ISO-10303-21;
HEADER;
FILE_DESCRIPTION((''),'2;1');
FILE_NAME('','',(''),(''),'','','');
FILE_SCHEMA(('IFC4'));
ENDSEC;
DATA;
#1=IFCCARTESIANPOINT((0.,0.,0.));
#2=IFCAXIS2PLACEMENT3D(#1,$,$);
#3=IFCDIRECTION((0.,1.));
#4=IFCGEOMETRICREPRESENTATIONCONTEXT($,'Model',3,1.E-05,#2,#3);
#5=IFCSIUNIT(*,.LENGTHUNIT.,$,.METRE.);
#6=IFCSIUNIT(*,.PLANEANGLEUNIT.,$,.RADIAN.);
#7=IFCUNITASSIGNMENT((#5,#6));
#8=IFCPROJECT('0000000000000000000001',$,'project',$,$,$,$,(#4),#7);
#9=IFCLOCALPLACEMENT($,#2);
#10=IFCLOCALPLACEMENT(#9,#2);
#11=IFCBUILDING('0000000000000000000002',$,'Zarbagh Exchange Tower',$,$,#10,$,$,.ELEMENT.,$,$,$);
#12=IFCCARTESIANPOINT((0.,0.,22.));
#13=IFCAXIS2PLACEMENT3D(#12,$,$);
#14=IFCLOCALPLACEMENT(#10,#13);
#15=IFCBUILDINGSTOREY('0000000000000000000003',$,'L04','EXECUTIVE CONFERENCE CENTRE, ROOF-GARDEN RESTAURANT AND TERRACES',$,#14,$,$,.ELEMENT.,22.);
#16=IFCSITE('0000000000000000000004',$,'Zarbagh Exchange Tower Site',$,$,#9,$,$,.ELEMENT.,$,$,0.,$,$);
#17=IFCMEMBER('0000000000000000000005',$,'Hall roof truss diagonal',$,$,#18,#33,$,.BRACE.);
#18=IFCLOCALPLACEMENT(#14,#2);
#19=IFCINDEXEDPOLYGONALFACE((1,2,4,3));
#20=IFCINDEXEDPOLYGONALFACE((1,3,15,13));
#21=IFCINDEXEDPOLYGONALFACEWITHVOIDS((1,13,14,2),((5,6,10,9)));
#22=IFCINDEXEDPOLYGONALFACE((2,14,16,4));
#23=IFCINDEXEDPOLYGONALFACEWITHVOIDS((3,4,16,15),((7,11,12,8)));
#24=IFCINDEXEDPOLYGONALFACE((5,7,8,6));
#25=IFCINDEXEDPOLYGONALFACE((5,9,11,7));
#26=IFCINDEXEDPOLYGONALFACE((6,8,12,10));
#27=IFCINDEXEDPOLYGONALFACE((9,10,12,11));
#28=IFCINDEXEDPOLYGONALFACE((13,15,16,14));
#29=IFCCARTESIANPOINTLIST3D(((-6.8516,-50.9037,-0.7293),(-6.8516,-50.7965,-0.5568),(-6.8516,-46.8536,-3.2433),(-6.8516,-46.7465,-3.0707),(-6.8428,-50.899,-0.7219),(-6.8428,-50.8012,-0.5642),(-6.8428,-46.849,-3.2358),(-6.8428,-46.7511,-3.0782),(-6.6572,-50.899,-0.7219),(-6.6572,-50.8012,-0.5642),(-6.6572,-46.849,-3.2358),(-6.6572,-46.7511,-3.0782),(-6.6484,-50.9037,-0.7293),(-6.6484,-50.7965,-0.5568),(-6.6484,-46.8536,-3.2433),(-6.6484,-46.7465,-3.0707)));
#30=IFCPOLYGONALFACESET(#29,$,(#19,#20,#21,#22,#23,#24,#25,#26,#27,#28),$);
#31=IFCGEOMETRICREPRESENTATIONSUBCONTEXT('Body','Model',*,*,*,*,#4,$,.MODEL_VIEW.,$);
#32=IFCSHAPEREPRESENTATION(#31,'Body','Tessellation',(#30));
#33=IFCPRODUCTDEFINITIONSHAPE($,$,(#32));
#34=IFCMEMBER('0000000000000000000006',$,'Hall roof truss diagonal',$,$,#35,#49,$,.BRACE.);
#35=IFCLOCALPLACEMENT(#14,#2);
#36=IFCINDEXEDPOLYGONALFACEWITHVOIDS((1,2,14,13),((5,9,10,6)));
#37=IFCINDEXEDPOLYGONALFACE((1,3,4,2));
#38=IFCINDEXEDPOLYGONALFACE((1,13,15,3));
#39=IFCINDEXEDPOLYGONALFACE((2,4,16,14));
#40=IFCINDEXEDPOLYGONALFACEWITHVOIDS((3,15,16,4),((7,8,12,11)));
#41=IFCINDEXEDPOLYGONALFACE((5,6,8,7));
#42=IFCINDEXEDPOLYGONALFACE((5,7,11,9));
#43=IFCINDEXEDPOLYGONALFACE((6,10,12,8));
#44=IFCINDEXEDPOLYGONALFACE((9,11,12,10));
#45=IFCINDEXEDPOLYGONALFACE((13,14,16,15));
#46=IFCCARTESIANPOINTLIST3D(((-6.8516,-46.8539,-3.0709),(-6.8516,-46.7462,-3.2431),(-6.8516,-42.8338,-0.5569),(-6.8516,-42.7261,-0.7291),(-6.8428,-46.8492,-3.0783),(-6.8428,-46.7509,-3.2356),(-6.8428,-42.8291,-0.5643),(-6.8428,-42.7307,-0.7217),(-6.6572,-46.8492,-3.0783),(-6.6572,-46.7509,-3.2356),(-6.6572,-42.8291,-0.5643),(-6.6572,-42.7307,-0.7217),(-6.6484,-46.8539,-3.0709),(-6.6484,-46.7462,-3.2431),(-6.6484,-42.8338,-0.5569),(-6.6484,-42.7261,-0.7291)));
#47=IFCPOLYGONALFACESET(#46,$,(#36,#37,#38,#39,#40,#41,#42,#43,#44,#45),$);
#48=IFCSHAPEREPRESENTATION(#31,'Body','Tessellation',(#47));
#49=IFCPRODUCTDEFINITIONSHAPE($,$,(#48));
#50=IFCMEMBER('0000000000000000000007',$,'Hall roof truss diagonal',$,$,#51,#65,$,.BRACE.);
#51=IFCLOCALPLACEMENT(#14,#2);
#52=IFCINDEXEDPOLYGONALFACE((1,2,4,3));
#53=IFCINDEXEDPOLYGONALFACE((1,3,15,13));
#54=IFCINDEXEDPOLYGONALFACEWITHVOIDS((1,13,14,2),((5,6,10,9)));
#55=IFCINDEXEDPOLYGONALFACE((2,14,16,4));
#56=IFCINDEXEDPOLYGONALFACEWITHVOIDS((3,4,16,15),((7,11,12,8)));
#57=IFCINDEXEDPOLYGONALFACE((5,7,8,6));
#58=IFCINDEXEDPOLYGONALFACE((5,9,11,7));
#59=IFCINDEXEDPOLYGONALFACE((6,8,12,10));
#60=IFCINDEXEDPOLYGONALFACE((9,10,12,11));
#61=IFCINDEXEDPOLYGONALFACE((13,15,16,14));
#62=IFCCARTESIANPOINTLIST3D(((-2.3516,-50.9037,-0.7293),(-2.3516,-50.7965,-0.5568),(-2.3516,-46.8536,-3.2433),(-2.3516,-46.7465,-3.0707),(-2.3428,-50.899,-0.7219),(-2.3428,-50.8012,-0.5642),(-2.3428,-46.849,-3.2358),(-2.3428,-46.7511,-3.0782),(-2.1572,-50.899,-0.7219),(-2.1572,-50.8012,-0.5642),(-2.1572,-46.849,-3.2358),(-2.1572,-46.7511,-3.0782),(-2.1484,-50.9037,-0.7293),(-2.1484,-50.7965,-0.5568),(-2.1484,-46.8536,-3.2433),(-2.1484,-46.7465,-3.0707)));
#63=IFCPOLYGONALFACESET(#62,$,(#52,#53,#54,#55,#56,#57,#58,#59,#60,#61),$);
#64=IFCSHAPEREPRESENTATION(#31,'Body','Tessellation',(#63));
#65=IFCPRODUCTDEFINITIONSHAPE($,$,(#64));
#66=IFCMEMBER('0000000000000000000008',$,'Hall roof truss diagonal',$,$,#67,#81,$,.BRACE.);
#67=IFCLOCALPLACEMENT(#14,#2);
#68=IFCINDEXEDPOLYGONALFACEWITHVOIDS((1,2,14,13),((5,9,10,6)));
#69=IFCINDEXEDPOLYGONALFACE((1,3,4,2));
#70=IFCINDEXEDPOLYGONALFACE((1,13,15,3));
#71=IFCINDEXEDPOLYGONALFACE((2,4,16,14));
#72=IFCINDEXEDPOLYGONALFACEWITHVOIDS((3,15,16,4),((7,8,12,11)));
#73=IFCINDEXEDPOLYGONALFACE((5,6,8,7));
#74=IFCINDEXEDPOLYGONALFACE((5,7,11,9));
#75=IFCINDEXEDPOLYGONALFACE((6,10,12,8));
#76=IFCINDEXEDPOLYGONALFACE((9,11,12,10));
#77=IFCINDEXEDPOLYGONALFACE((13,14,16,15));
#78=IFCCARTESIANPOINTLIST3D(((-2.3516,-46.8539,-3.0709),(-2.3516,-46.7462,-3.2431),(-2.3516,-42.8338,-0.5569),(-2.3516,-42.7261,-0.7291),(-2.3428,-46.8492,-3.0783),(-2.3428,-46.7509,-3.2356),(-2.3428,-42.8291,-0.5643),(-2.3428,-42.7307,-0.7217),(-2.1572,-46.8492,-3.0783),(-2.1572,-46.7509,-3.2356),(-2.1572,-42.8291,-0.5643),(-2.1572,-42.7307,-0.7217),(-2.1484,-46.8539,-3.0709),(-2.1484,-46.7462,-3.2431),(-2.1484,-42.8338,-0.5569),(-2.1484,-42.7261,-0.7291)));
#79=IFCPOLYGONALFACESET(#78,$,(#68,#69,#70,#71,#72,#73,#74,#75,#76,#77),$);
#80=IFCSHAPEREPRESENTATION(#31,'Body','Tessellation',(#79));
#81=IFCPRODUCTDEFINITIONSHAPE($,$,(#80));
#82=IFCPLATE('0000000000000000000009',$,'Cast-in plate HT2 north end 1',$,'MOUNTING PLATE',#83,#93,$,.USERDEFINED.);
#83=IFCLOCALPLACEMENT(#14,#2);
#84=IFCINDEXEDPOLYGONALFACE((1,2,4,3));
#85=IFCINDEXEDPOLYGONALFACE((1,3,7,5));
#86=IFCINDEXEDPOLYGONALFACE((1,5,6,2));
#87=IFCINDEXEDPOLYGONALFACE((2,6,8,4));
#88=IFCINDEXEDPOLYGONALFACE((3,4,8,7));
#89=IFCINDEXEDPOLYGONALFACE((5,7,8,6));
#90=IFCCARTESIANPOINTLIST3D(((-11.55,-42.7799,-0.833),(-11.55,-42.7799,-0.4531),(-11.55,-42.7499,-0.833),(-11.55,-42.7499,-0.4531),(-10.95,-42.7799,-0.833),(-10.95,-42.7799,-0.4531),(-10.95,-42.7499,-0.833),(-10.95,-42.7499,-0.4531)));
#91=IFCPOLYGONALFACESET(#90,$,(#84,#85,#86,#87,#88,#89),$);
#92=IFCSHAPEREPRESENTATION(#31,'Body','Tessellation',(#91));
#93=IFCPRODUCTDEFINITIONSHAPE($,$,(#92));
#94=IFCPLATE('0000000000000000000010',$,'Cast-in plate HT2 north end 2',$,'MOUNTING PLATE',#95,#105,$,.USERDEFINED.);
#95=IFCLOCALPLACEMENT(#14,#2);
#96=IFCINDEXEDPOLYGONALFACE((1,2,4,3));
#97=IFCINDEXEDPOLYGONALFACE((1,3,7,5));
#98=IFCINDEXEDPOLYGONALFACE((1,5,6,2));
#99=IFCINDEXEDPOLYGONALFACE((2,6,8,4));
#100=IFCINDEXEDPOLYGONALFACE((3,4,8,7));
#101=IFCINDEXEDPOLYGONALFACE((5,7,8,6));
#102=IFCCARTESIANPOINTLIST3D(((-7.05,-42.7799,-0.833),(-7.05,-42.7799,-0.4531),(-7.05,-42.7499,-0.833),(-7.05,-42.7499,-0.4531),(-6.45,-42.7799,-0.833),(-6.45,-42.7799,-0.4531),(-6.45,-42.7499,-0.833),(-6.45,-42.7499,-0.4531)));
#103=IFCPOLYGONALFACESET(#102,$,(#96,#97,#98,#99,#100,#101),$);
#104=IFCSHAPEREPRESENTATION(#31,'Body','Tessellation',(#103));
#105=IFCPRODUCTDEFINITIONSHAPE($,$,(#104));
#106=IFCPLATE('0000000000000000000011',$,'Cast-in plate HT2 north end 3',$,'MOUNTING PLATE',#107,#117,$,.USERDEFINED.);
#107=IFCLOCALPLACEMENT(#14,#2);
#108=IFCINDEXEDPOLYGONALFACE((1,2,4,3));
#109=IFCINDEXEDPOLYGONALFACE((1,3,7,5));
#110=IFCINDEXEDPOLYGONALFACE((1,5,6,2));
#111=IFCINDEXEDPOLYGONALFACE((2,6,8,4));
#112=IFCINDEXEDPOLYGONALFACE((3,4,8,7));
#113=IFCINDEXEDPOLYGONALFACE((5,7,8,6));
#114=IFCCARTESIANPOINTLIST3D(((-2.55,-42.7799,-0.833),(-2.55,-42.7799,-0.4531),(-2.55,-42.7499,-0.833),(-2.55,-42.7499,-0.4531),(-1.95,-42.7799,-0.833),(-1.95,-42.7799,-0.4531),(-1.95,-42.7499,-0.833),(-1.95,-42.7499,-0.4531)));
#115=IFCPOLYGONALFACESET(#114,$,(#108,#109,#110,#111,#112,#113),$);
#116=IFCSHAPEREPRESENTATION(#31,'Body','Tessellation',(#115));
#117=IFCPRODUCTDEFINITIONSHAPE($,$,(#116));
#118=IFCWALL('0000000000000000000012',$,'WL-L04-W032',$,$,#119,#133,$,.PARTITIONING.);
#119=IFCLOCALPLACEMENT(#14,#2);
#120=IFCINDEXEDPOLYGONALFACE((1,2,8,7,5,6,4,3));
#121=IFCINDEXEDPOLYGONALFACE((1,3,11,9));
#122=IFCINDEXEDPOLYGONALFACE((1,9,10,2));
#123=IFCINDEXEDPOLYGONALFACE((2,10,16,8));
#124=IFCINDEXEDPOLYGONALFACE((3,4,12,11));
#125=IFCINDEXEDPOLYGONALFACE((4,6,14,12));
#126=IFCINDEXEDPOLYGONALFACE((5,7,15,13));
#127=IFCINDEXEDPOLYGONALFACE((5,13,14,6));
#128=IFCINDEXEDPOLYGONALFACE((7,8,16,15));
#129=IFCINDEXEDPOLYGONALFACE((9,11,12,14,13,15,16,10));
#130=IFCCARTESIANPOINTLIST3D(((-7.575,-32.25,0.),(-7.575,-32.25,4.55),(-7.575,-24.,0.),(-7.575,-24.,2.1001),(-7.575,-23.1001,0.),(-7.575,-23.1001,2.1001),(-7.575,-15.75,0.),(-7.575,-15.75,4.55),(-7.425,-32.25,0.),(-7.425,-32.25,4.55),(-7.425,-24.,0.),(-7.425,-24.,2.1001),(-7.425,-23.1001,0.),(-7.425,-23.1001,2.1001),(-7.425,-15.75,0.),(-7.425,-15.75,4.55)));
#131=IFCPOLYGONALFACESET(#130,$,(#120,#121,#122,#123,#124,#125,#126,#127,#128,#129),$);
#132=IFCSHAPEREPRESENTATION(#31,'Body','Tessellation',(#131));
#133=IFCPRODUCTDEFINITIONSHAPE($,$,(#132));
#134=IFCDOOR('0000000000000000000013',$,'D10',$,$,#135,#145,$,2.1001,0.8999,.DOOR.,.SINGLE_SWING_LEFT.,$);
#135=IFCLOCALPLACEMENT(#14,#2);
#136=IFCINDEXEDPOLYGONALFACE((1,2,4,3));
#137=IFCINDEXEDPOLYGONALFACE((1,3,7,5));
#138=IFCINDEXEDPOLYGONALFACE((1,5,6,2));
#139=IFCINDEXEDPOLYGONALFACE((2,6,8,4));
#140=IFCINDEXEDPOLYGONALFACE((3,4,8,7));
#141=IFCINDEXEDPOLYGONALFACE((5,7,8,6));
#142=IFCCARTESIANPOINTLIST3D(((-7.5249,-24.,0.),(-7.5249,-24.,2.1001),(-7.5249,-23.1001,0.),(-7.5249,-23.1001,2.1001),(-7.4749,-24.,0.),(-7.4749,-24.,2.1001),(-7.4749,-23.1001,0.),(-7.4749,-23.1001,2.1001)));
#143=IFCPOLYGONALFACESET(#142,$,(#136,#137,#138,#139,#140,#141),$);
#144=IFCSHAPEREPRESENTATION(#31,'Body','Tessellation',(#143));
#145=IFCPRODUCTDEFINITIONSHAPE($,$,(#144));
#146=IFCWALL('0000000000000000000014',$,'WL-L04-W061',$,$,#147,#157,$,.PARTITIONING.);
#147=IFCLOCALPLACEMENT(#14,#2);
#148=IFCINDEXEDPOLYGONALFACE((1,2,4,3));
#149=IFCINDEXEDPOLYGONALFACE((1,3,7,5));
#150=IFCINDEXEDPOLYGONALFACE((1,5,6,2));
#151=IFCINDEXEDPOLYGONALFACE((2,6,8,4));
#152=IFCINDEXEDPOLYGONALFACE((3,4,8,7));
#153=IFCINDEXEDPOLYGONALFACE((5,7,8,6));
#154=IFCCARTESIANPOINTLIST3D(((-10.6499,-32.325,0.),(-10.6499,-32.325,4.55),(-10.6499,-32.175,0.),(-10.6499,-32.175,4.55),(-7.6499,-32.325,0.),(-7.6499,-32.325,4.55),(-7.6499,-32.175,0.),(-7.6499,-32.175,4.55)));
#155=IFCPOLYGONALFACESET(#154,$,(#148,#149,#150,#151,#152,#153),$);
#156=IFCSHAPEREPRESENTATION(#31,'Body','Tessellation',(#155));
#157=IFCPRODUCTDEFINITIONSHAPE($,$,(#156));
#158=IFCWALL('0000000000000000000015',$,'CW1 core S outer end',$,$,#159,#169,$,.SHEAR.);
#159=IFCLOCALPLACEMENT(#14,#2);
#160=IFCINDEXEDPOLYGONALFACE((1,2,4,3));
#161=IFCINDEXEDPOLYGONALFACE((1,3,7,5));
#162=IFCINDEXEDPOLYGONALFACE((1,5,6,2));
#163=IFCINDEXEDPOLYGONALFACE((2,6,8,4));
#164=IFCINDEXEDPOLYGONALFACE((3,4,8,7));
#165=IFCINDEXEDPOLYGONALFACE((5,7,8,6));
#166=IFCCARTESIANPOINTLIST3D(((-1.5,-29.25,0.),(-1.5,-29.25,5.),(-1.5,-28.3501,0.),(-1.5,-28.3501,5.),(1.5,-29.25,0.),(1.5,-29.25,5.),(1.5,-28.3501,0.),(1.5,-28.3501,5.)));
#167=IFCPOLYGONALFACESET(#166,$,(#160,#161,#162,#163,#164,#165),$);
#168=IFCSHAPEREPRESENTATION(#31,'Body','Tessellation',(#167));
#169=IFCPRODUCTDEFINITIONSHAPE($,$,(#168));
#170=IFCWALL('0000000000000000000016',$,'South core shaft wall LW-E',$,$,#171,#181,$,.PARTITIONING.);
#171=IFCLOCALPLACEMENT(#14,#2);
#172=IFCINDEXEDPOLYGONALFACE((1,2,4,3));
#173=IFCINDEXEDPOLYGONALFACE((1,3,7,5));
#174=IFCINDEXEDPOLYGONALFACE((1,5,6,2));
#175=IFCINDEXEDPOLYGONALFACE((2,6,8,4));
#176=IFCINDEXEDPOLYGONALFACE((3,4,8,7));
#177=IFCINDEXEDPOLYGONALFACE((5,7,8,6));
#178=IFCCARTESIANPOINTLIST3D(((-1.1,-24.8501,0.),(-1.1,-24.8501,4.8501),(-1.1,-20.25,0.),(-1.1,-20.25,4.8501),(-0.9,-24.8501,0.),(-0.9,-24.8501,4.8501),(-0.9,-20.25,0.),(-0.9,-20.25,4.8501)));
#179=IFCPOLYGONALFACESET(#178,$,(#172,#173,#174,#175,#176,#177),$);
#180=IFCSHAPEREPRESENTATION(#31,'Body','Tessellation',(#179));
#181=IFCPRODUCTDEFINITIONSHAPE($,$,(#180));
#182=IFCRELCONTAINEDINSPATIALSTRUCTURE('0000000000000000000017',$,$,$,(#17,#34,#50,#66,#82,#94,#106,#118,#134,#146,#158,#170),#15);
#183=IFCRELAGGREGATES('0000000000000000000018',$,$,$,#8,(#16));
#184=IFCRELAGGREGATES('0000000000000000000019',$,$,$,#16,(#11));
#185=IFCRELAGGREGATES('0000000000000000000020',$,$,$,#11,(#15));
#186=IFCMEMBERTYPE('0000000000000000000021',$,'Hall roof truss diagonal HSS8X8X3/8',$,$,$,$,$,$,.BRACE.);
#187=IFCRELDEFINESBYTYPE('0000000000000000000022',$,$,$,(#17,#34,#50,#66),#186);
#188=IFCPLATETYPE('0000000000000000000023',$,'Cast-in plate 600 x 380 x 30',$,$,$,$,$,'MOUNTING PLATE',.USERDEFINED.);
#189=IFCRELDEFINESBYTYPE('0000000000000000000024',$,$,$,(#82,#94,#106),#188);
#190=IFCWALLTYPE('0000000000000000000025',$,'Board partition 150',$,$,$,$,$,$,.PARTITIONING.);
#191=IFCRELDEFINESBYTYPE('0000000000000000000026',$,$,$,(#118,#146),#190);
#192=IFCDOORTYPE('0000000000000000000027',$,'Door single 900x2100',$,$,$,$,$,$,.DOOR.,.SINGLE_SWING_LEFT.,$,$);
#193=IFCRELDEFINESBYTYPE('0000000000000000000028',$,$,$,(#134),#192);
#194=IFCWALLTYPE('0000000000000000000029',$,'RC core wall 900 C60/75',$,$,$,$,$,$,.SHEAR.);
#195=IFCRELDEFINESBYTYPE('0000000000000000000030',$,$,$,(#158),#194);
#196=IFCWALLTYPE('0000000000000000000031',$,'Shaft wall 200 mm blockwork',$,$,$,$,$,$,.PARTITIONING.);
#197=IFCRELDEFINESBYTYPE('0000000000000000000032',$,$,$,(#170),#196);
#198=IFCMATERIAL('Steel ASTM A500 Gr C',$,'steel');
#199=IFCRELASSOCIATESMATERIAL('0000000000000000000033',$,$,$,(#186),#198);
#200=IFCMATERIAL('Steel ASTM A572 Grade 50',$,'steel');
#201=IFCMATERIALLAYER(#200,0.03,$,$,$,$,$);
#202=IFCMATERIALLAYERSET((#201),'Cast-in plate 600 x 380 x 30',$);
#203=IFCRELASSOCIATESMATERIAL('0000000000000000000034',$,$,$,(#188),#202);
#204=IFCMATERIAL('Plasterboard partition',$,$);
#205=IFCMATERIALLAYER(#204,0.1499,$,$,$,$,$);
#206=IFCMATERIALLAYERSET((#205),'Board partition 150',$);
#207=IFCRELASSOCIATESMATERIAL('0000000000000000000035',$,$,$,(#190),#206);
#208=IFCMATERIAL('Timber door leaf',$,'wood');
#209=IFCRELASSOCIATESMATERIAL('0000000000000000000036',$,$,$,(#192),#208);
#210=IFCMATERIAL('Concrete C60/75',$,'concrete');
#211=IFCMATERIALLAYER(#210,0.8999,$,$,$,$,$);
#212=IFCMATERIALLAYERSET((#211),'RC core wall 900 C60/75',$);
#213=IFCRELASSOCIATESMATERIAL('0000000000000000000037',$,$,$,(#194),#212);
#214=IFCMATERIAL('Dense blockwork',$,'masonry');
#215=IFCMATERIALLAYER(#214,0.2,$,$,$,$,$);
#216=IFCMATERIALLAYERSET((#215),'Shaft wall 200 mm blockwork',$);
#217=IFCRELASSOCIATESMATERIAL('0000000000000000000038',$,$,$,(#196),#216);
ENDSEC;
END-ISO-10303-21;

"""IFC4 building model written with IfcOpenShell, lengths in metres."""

from ifc_helpers import new_model, si_unit, direction, frame, frame_2d, origin, origin_2d, place, context, subcontext, project, spatial, rectangle, hollow_rectangle, extrude, material, layer, layer_set, material_profile, profile_set, type_object, element, fill, save


model = new_model("IFC4")

# Units and contexts
model_context = context("Model", 3, precision=1e-05, world=origin(), true_north=direction((0.0, 1.0)))
body_context = subcontext(model_context, "Body", "Model", "MODEL_VIEW")
ifc_project = project(units=[si_unit("LENGTHUNIT", "METRE"), si_unit("PLANEANGLEUNIT", "RADIAN")], contexts=[model_context])

# Site, building, storey
site_placement = place(None, origin())
site = spatial("IfcSite", under=ifc_project, at=site_placement, Name="Zarbagh Exchange Tower Site", CompositionType="ELEMENT", RefElevation=0.0)
building_placement = place(site_placement, origin())
building = spatial("IfcBuilding", under=site, at=building_placement, Name="Zarbagh Exchange Tower", CompositionType="ELEMENT")
storey_placement = place(building_placement, frame((0.0, 0.0, 22.0)))
storey = spatial("IfcBuildingStorey", under=building, at=storey_placement, Name="L04", Description="EXECUTIVE CONFERENCE CENTRE, ROOF-GARDEN RESTAURANT AND TERRACES", CompositionType="ELEMENT", Elevation=22.0)

# Shared definitions
ifc_material_1 = material(Name="Concrete C60/75", Category="concrete")

# Members
ifc_material_2 = material(Name="Steel ASTM A500 Gr C", Category="steel")
ifc_material_profile_1 = material_profile(ifc_material_2, hollow_rectangle(XDim=0.2031, YDim=0.2031, WallThickness=0.0088, at=origin_2d()), Name="HSS8X8X3/8")
ifc_profile_set_1 = profile_set([ifc_material_profile_1], Name="Steel ASTM A500 Gr C")
member_type_1 = type_object("IfcMemberType", Name="Hall roof truss diagonal HSS8X8X3/8", PredefinedType="BRACE", material=ifc_profile_set_1)
member_1_placement = place(storey_placement, frame((-6.75, -46.8, -3.157), z_axis=(0.0, -0.849631, 0.527377), x_axis=(1.0, 0.0, 0.0)))
element("IfcMember", 1, at=member_1_placement, inside=storey, type_object=member_type_1, Name="Hall roof truss diagonal", PredefinedType="BRACE", context=body_context, shape_type="SweptSolid", body=[
    extrude(hollow_rectangle(XDim=0.2031, YDim=0.2031, WallThickness=0.0088, at=origin_2d()), origin(), (0.0, 0.0, 1.0), 4.7668),
])
member_2_placement = place(storey_placement, frame((-6.75, -46.8, -3.157), z_axis=(0.0, 0.847865, 0.530212), x_axis=(-1.0, 0.0, 0.0)))
element("IfcMember", 2, at=member_2_placement, inside=storey, type_object=member_type_1, Name="Hall roof truss diagonal", PredefinedType="BRACE", context=body_context, shape_type="SweptSolid", body=[
    extrude(hollow_rectangle(XDim=0.2031, YDim=0.2031, WallThickness=0.0088, at=origin_2d()), origin(), (0.0, 0.0, 1.0), 4.7415),
])
member_3_placement = place(storey_placement, frame((-2.25, -46.8, -3.157), z_axis=(0.0, -0.849631, 0.527377), x_axis=(1.0, 0.0, 0.0)))
element("IfcMember", 3, at=member_3_placement, inside=storey, type_object=member_type_1, Name="Hall roof truss diagonal", PredefinedType="BRACE", context=body_context, shape_type="SweptSolid", body=[
    extrude(hollow_rectangle(XDim=0.2031, YDim=0.2031, WallThickness=0.0088, at=origin_2d()), origin(), (0.0, 0.0, 1.0), 4.7668),
])
member_4_placement = place(storey_placement, frame((-2.25, -46.8, -3.157), z_axis=(0.0, 0.847865, 0.530212), x_axis=(-1.0, 0.0, 0.0)))
element("IfcMember", 4, at=member_4_placement, inside=storey, type_object=member_type_1, Name="Hall roof truss diagonal", PredefinedType="BRACE", context=body_context, shape_type="SweptSolid", body=[
    extrude(hollow_rectangle(XDim=0.2031, YDim=0.2031, WallThickness=0.0088, at=origin_2d()), origin(), (0.0, 0.0, 1.0), 4.7415),
])

# Plates
ifc_material_3 = material(Name="Steel ASTM A572 Grade 50", Category="steel")
ifc_layer_1 = layer(ifc_material_3, 0.03)
ifc_layer_set_1 = layer_set([ifc_layer_1], Name="Cast-in plate 600 x 380 x 30")
plate_type = type_object("IfcPlateType", Name="Cast-in plate 600 x 380 x 30", ElementType="MOUNTING PLATE", PredefinedType="USERDEFINED", material=ifc_layer_set_1)
for number, where, z_axis, x_axis, name in (
    (5, (-11.25, -42.7649, -0.833), (0.0, 0.0, 1.0), (1.0, 0.0, 0.0), "Cast-in plate HT2 north end 1"),
    (6, (-6.75, -42.7649, -0.833), (0.0, 0.0, 1.0), (1.0, 0.0, 0.0), "Cast-in plate HT2 north end 2"),
    (7, (-2.25, -42.7649, -0.833), (0.0, 0.0, 1.0), (1.0, 0.0, 0.0), "Cast-in plate HT2 north end 3"),
):
    element("IfcPlate", number, at=place(storey_placement, frame(where, z_axis=z_axis, x_axis=x_axis)), inside=storey, type_object=plate_type, Name=name, ObjectType="MOUNTING PLATE", PredefinedType="USERDEFINED", context=body_context, shape_type="SweptSolid", body=[
        extrude(rectangle(XDim=0.6001, YDim=0.03, at=origin_2d()), origin(), (0.0, 0.0, 1.0), 0.3799),
    ])

# Wall, opening, door
ifc_material_4 = material(Name="Plasterboard partition")
ifc_layer_2 = layer(ifc_material_4, 0.1499)
ifc_layer_set_2 = layer_set([ifc_layer_2], Name="Board partition 150")
wall_type_1 = type_object("IfcWallType", Name="Board partition 150", PredefinedType="PARTITIONING", material=ifc_layer_set_2)
wall_1_placement = place(storey_placement, frame((-7.5, -32.25, 0.0), z_axis=(0.0, 0.0, 1.0), x_axis=(0.0, 1.0, 0.0)))
wall_1 = element("IfcWall", 8, at=wall_1_placement, inside=storey, type_object=wall_type_1, Name="WL-L04-W032", PredefinedType="PARTITIONING", context=body_context, shape_type="SweptSolid", body=[
    extrude(rectangle(XDim=16.5, YDim=0.1499, at=frame_2d((8.25, 0.0))), origin(), (0.0, 0.0, 1.0), 4.55),
])
opening_1_placement = place(wall_1_placement, frame((8.25, 0.0, 0.0)))
opening_1 = element("IfcOpeningElement", 9, at=opening_1_placement, cuts=wall_1, PredefinedType="OPENING", context=body_context, shape_type="SweptSolid", body=[
    extrude(rectangle(XDim=0.8999, YDim=2.1001, at=frame_2d((0.45, 1.05))), frame((0.0, 0.085, 0.0), z_axis=(0.0, -1.0, 0.0), x_axis=(1.0, 0.0, 0.0)), (0.0, 0.0, 1.0), 0.1699),
])
ifc_material_5 = material(Name="Timber door leaf", Category="wood")
door_type_1 = type_object("IfcDoorType", Name="Door single 900x2100", OperationType="SINGLE_SWING_LEFT", PredefinedType="DOOR", material=ifc_material_5)
door_1_placement = place(opening_1_placement, origin())
door_1 = element("IfcDoor", 10, at=door_1_placement, inside=storey, type_object=door_type_1, Name="D10", OperationType="SINGLE_SWING_LEFT", OverallHeight=2.1001, OverallWidth=0.8999, PredefinedType="DOOR", context=body_context, shape_type="SweptSolid", body=[
    extrude(rectangle(XDim=0.8999, YDim=2.1001, at=frame_2d((0.45, 1.05))), frame((0.0, 0.0249, 0.0), z_axis=(0.0, -1.0, 0.0), x_axis=(1.0, 0.0, 0.0)), (0.0, 0.0, 1.0), 0.05),
])
fill(opening_1, door_1)

# Walls
wall_2_placement = place(storey_placement, frame((-7.6499, -32.25, 0.0), z_axis=(0.0, 0.0, 1.0), x_axis=(-1.0, 0.0, 0.0)))
element("IfcWall", 11, at=wall_2_placement, inside=storey, type_object=wall_type_1, Name="WL-L04-W061", PredefinedType="PARTITIONING", context=body_context, shape_type="SweptSolid", body=[
    extrude(rectangle(XDim=3.0, YDim=0.1499, at=frame_2d((1.5, 0.0))), origin(), (0.0, 0.0, 1.0), 4.55),
])
ifc_layer_3 = layer(ifc_material_1, 0.8999)
ifc_layer_set_3 = layer_set([ifc_layer_3], Name="RC core wall 900 C60/75")
wall_type_2 = type_object("IfcWallType", Name="RC core wall 900 C60/75", PredefinedType="SHEAR", material=ifc_layer_set_3)
wall_3_placement = place(storey_placement, frame((-1.5, -28.8, 0.0), z_axis=(0.0, 0.0, 1.0), x_axis=(1.0, 0.0, 0.0)))
element("IfcWall", 12, at=wall_3_placement, inside=storey, type_object=wall_type_2, Name="CW1 core S outer end", PredefinedType="SHEAR", context=body_context, shape_type="SweptSolid", body=[
    extrude(rectangle(XDim=3.0, YDim=0.8999, at=frame_2d((1.5, 0.0))), origin(), (0.0, 0.0, 1.0), 5.0),
])
ifc_material_6 = material(Name="Dense blockwork", Category="masonry")
ifc_layer_4 = layer(ifc_material_6, 0.2)
ifc_layer_set_4 = layer_set([ifc_layer_4], Name="Shaft wall 200 mm blockwork")
wall_type_3 = type_object("IfcWallType", Name="Shaft wall 200 mm blockwork", PredefinedType="PARTITIONING", material=ifc_layer_set_4)
wall_4_placement = place(storey_placement, frame((-1.0, -24.8501, 0.0), z_axis=(0.0, 0.0, 1.0), x_axis=(0.0, 1.0, 0.0)))
element("IfcWall", 13, at=wall_4_placement, inside=storey, type_object=wall_type_3, Name="South core shaft wall LW-E", PredefinedType="PARTITIONING", context=body_context, shape_type="SweptSolid", body=[
    extrude(rectangle(XDim=4.6001, YDim=0.2, at=frame_2d((2.3, 0.0))), origin(), (0.0, 0.0, 1.0), 4.8501),
])

save(model, "model.ifc")
